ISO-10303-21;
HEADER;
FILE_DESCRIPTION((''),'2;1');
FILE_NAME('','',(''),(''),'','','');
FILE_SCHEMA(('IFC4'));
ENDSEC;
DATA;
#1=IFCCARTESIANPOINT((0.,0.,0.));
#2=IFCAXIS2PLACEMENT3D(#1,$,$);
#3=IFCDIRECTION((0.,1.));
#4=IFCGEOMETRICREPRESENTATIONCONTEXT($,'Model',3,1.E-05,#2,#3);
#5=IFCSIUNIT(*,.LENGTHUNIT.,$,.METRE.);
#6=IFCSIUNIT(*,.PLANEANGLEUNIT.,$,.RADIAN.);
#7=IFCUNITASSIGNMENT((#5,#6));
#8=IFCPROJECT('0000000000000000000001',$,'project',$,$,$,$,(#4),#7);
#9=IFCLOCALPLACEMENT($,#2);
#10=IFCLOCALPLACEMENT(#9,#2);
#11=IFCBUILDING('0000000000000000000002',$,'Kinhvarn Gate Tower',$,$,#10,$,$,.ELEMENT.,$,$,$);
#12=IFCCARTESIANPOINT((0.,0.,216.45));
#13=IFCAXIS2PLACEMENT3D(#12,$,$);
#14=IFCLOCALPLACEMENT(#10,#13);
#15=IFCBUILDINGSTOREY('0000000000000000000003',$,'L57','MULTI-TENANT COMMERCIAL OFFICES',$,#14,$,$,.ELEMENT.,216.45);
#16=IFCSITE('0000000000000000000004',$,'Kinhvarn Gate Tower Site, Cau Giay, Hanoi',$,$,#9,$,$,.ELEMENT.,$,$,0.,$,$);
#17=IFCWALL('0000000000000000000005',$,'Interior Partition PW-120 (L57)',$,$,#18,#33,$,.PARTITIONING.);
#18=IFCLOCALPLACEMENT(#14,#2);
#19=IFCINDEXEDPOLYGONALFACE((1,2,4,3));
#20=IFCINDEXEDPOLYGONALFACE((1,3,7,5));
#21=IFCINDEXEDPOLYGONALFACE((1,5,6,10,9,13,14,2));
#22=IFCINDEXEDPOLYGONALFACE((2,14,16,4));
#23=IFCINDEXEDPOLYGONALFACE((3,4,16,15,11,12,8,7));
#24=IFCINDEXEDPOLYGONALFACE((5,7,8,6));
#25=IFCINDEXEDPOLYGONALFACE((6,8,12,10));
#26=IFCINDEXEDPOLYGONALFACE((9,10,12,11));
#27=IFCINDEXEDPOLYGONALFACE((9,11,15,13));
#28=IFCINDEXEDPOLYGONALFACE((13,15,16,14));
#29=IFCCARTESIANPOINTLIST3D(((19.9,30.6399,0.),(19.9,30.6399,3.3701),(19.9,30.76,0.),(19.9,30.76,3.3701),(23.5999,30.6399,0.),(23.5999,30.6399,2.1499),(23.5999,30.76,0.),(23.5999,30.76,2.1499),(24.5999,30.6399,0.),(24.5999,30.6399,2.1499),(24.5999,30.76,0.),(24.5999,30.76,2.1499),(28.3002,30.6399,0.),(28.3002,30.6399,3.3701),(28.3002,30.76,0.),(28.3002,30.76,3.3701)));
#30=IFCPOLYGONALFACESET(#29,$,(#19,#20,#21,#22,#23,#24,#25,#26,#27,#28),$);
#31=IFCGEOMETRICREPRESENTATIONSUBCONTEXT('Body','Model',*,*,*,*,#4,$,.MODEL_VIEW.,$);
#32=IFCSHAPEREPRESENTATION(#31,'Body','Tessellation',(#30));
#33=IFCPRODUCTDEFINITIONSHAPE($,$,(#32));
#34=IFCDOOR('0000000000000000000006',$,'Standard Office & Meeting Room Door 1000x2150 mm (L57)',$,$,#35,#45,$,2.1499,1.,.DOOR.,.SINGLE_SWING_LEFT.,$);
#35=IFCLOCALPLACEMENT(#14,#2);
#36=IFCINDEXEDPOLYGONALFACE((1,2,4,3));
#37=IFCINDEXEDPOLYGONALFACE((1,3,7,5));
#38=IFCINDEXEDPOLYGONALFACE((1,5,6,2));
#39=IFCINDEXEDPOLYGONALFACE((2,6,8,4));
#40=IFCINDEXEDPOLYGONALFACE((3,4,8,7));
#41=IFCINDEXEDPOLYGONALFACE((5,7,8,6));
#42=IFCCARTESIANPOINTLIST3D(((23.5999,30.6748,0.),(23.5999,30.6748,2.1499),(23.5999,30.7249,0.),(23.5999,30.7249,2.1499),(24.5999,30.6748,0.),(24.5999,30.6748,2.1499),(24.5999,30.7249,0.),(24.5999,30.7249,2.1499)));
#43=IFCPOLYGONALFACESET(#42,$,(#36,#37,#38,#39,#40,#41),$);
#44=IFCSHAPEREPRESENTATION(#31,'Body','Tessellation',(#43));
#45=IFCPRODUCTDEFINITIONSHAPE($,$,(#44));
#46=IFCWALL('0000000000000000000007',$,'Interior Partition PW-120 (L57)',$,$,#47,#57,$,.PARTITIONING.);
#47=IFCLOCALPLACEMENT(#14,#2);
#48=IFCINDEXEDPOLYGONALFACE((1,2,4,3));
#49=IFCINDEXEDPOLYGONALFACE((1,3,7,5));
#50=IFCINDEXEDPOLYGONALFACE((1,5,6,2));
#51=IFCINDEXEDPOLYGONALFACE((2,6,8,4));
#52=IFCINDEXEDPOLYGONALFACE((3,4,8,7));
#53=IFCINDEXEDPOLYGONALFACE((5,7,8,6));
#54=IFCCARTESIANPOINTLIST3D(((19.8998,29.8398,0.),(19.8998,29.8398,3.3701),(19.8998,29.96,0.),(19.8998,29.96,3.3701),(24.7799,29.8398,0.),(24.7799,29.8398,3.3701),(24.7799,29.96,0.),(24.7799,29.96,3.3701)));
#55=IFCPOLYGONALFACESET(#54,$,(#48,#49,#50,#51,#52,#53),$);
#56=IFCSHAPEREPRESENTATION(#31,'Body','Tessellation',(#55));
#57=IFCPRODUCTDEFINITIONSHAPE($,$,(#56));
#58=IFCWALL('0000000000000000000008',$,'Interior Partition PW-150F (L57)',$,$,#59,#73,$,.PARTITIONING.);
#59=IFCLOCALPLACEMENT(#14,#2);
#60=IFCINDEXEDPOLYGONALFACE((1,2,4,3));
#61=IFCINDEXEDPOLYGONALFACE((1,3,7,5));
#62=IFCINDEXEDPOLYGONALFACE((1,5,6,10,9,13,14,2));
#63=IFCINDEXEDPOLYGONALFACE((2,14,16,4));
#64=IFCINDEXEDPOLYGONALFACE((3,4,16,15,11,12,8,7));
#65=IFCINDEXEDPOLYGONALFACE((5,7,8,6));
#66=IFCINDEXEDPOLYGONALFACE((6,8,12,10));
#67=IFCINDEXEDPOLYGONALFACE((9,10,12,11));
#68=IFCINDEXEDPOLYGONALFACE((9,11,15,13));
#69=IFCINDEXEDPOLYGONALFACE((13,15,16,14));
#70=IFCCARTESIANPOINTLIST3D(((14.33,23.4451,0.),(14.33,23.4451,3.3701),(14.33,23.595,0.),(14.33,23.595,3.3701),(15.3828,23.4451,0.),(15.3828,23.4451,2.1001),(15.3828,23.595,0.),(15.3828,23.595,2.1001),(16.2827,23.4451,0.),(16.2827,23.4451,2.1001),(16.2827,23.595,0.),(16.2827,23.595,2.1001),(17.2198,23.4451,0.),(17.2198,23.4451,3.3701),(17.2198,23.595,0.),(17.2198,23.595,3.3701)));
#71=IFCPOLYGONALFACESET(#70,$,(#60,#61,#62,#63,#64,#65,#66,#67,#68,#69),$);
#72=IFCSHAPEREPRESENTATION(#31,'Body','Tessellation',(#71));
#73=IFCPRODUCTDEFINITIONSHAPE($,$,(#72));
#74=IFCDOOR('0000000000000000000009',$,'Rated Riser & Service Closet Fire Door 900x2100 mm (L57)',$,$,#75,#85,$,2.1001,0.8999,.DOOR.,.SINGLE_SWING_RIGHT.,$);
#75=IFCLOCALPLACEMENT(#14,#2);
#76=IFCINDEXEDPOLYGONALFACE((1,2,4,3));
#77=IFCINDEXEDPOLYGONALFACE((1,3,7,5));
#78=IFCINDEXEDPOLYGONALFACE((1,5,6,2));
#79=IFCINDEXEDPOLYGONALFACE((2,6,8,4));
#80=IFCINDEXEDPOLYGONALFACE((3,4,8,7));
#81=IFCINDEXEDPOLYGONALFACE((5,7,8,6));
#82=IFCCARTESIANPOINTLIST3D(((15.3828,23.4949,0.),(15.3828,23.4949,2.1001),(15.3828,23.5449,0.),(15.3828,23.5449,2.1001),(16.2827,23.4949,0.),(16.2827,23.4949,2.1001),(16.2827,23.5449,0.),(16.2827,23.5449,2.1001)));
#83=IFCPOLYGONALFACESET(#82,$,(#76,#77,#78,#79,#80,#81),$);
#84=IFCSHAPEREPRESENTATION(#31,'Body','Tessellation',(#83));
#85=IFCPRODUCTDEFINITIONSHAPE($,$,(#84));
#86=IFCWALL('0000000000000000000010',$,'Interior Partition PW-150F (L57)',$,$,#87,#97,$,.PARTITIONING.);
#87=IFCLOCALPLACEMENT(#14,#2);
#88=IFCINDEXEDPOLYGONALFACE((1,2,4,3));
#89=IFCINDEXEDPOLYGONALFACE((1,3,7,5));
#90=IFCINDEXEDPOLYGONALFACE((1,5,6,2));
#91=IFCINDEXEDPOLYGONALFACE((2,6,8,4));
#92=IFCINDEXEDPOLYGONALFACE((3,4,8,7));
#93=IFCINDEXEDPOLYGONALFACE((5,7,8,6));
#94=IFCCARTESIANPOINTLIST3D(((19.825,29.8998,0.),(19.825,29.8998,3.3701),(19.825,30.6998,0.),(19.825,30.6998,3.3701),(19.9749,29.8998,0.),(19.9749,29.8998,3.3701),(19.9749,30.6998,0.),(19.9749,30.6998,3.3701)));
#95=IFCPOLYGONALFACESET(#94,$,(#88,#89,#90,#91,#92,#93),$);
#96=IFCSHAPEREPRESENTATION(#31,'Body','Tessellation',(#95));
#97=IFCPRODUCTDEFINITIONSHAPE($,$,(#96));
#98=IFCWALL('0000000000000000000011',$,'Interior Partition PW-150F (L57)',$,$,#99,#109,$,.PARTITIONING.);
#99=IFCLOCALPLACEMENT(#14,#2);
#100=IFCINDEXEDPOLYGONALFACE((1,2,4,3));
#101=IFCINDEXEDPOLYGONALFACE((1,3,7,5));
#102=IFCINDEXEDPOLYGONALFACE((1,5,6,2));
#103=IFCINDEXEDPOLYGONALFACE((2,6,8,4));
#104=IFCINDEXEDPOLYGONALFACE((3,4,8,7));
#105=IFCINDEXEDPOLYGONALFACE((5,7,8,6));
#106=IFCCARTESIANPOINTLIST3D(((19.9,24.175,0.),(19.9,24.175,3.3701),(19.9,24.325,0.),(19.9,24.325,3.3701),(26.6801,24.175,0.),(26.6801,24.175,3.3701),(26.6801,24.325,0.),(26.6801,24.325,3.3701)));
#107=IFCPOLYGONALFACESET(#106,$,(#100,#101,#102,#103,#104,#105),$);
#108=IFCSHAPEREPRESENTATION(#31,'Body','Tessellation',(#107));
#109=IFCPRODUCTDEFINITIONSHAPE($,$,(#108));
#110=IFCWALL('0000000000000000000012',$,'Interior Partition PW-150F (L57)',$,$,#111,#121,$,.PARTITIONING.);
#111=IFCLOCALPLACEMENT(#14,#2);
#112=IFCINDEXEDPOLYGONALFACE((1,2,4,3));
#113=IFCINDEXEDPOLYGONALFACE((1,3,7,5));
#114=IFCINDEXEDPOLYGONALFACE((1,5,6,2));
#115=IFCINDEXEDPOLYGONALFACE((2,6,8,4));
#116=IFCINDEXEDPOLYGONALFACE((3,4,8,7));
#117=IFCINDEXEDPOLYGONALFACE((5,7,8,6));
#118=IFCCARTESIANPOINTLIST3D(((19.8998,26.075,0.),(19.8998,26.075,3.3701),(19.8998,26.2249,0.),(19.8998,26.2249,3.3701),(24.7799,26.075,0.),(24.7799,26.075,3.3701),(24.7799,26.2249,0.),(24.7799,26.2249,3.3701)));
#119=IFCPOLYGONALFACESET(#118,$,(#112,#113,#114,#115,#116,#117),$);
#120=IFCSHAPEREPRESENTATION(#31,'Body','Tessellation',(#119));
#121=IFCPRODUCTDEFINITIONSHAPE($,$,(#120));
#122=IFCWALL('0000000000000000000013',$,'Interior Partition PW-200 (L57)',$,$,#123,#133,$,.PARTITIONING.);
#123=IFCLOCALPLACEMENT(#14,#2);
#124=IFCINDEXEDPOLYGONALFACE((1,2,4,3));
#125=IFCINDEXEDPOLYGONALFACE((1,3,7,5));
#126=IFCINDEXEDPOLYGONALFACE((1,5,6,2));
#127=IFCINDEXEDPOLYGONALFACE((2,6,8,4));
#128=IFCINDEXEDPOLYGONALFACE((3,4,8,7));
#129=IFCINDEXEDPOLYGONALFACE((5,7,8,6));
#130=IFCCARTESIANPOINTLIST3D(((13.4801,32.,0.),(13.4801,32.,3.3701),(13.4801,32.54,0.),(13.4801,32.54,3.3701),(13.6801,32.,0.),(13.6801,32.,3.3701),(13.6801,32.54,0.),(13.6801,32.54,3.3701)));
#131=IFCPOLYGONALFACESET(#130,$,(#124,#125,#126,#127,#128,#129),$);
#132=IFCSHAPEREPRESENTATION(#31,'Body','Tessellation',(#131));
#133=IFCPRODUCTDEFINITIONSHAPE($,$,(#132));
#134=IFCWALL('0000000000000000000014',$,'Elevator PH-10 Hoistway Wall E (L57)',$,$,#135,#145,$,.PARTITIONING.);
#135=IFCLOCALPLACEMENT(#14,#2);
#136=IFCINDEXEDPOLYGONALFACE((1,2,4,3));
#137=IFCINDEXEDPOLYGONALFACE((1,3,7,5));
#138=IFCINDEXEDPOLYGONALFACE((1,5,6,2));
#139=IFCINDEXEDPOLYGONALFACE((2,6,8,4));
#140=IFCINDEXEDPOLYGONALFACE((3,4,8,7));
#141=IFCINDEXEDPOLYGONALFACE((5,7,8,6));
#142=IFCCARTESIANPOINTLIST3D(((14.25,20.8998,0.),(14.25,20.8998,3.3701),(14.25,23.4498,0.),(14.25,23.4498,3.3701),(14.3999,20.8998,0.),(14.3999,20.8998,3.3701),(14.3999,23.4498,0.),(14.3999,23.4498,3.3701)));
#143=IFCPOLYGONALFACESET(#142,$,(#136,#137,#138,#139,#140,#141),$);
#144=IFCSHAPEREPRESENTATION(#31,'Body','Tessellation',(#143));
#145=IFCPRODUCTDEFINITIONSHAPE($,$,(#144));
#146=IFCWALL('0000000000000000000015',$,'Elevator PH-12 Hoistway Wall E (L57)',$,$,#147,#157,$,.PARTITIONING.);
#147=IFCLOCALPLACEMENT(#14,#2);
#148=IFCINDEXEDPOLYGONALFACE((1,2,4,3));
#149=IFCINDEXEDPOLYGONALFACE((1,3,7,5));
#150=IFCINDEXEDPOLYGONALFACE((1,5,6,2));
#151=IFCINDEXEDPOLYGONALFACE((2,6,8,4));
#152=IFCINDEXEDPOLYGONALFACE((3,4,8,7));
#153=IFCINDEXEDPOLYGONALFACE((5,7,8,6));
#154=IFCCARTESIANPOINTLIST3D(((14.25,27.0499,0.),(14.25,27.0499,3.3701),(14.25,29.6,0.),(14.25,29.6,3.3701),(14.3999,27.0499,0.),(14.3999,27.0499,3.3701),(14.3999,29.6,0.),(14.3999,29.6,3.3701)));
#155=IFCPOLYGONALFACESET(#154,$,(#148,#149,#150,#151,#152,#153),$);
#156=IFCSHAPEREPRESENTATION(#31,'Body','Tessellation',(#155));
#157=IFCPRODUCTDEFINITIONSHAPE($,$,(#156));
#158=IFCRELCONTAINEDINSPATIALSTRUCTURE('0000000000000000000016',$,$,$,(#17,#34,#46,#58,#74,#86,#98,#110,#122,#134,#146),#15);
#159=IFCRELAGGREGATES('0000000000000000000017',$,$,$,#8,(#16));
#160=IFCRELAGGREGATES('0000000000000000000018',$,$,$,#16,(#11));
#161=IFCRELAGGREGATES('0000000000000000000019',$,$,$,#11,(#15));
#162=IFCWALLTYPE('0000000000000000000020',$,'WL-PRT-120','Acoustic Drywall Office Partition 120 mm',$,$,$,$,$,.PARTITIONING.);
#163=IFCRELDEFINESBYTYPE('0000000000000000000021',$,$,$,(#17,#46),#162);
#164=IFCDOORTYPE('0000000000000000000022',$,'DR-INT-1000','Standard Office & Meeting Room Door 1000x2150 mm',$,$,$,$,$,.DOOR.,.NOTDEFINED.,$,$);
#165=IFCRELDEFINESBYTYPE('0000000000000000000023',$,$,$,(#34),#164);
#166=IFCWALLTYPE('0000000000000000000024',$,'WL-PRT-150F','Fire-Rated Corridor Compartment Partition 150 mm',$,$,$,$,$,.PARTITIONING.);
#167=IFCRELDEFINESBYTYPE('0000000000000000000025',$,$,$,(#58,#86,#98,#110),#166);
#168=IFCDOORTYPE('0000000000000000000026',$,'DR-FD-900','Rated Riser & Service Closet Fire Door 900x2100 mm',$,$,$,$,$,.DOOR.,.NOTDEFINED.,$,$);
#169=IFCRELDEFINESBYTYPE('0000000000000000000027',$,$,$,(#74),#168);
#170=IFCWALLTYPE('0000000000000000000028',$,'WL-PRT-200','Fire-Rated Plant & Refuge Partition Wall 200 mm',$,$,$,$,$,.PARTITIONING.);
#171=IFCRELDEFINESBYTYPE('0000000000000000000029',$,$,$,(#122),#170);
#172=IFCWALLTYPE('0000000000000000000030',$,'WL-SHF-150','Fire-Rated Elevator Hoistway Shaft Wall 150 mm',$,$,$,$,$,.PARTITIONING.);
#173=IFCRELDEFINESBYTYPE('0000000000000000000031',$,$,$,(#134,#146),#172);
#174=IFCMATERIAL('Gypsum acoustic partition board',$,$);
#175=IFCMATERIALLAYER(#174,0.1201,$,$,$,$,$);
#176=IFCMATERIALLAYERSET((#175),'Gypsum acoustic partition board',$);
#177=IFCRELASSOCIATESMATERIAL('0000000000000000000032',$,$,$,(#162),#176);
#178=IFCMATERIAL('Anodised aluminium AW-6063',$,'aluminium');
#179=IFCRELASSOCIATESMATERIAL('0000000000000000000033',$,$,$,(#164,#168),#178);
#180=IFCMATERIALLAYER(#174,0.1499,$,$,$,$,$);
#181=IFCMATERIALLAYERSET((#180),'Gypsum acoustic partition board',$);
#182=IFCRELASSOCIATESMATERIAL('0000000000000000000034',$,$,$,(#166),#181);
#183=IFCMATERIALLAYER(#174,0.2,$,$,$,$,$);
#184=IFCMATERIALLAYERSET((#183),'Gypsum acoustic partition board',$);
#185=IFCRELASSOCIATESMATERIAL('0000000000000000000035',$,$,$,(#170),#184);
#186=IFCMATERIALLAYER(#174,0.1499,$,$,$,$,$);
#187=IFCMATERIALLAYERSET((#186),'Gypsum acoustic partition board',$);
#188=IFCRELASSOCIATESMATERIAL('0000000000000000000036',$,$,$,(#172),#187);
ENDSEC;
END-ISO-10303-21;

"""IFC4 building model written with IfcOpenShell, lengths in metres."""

from ifc_helpers import new_model, si_unit, direction, frame, frame_2d, origin, place, context, subcontext, project, spatial, rectangle, extrude, material, layer, layer_set, type_object, element, fill, save


model = new_model("IFC4")

# Units and contexts
model_context = context("Model", 3, precision=1e-05, world=origin(), true_north=direction((0.0, 1.0)))
body_context = subcontext(model_context, "Body", "Model", "MODEL_VIEW")
ifc_project = project(units=[si_unit("LENGTHUNIT", "METRE"), si_unit("PLANEANGLEUNIT", "RADIAN")], contexts=[model_context])

# Site, building, storey
site_placement = place(None, origin())
site = spatial("IfcSite", under=ifc_project, at=site_placement, Name="Kinhvarn Gate Tower Site, Cau Giay, Hanoi", CompositionType="ELEMENT", RefElevation=0.0)
building_placement = place(site_placement, origin())
building = spatial("IfcBuilding", under=site, at=building_placement, Name="Kinhvarn Gate Tower", CompositionType="ELEMENT")
storey_placement = place(building_placement, frame((0.0, 0.0, 216.45)))
storey = spatial("IfcBuildingStorey", under=building, at=storey_placement, Name="L57", Description="MULTI-TENANT COMMERCIAL OFFICES", CompositionType="ELEMENT", Elevation=216.45)

# Wall, opening, door
ifc_material_1 = material(Name="Anodised aluminium AW-6063", Category="aluminium")
ifc_material_2 = material(Name="Gypsum acoustic partition board")
ifc_layer_1 = layer(ifc_material_2, 0.1201)
ifc_layer_set_1 = layer_set([ifc_layer_1], Name="Gypsum acoustic partition board")
wall_type_1 = type_object("IfcWallType", Name="WL-PRT-120", Description="Acoustic Drywall Office Partition 120 mm", PredefinedType="PARTITIONING", material=ifc_layer_set_1)
wall_1_placement = place(storey_placement, frame((19.8999, 30.7, 0.0), z_axis=(0.0, 0.0, 1.0), x_axis=(1.0, 0.0, 0.0)))
wall_1 = element("IfcWall", 1, at=wall_1_placement, inside=storey, type_object=wall_type_1, Name="Interior Partition PW-120 (L57)", PredefinedType="PARTITIONING", context=body_context, shape_type="SweptSolid", body=[
    extrude(rectangle(XDim=8.4001, YDim=0.1201, at=frame_2d((4.2002, 0.0))), origin(), (0.0, 0.0, 1.0), 3.3701),
])
opening_1_placement = place(wall_1_placement, frame((3.7, 0.0, 0.0)))
opening_1 = element("IfcOpeningElement", 2, at=opening_1_placement, cuts=wall_1, PredefinedType="OPENING", context=body_context, shape_type="SweptSolid", body=[
    extrude(rectangle(XDim=1.0, YDim=2.1499, at=frame_2d((0.5, 1.075))), frame((0.0, 0.0701, 0.0), z_axis=(0.0, -1.0, 0.0), x_axis=(1.0, 0.0, 0.0)), (0.0, 0.0, 1.0), 0.1401),
])
door_type_1 = type_object("IfcDoorType", Name="DR-INT-1000", Description="Standard Office & Meeting Room Door 1000x2150 mm", OperationType="NOTDEFINED", PredefinedType="DOOR", material=ifc_material_1)
door_1_placement = place(opening_1_placement, origin())
door_1 = element("IfcDoor", 3, at=door_1_placement, inside=storey, type_object=door_type_1, Name="Standard Office & Meeting Room Door 1000x2150 mm (L57)", OperationType="SINGLE_SWING_LEFT", OverallHeight=2.1499, OverallWidth=1.0, PredefinedType="DOOR", context=body_context, shape_type="SweptSolid", body=[
    extrude(rectangle(XDim=1.0, YDim=2.1499, at=frame_2d((0.5, 1.075))), frame((0.0, 0.0249, 0.0), z_axis=(0.0, -1.0, 0.0), x_axis=(1.0, 0.0, 0.0)), (0.0, 0.0, 1.0), 0.05),
])
fill(opening_1, door_1)

# Wall
wall_2_placement = place(storey_placement, frame((19.8999, 29.8999, 0.0), z_axis=(0.0, 0.0, 1.0), x_axis=(1.0, 0.0, 0.0)))
element("IfcWall", 4, at=wall_2_placement, inside=storey, type_object=wall_type_1, Name="Interior Partition PW-120 (L57)", PredefinedType="PARTITIONING", context=body_context, shape_type="SweptSolid", body=[
    extrude(rectangle(XDim=4.8801, YDim=0.1201, at=frame_2d((2.4399, 0.0))), origin(), (0.0, 0.0, 1.0), 3.3701),
])

# Wall, opening, door
ifc_layer_2 = layer(ifc_material_2, 0.1499)
ifc_layer_set_2 = layer_set([ifc_layer_2], Name="Gypsum acoustic partition board")
wall_type_2 = type_object("IfcWallType", Name="WL-PRT-150F", Description="Fire-Rated Corridor Compartment Partition 150 mm", PredefinedType="PARTITIONING", material=ifc_layer_set_2)
wall_3_placement = place(storey_placement, frame((14.3301, 23.52, 0.0), z_axis=(0.0, 0.0, 1.0), x_axis=(1.0, 0.0, 0.0)))
wall_3 = element("IfcWall", 5, at=wall_3_placement, inside=storey, type_object=wall_type_2, Name="Interior Partition PW-150F (L57)", PredefinedType="PARTITIONING", context=body_context, shape_type="SweptSolid", body=[
    extrude(rectangle(XDim=2.8899, YDim=0.1499, at=frame_2d((1.4448, 0.0))), origin(), (0.0, 0.0, 1.0), 3.3701),
])
opening_2_placement = place(wall_3_placement, frame((1.0527, 0.0, 0.0)))
opening_2 = element("IfcOpeningElement", 6, at=opening_2_placement, cuts=wall_3, PredefinedType="OPENING", context=body_context, shape_type="SweptSolid", body=[
    extrude(rectangle(XDim=0.8999, YDim=2.1001, at=frame_2d((0.45, 1.05))), frame((0.0, 0.085, 0.0), z_axis=(0.0, -1.0, 0.0), x_axis=(1.0, 0.0, 0.0)), (0.0, 0.0, 1.0), 0.1699),
])
door_type_2 = type_object("IfcDoorType", Name="DR-FD-900", Description="Rated Riser & Service Closet Fire Door 900x2100 mm", OperationType="NOTDEFINED", PredefinedType="DOOR", material=ifc_material_1)
door_2_placement = place(opening_2_placement, origin())
door_2 = element("IfcDoor", 7, at=door_2_placement, inside=storey, type_object=door_type_2, Name="Rated Riser & Service Closet Fire Door 900x2100 mm (L57)", OperationType="SINGLE_SWING_RIGHT", OverallHeight=2.1001, OverallWidth=0.8999, PredefinedType="DOOR", context=body_context, shape_type="SweptSolid", body=[
    extrude(rectangle(XDim=0.8999, YDim=2.1001, at=frame_2d((0.45, 1.05))), frame((0.0, 0.0249, 0.0), z_axis=(0.0, -1.0, 0.0), x_axis=(1.0, 0.0, 0.0)), (0.0, 0.0, 1.0), 0.05),
])
fill(opening_2, door_2)

# Wall
wall_4_placement = place(storey_placement, frame((19.8999, 29.8999, 0.0), z_axis=(0.0, 0.0, 1.0), x_axis=(0.0, 1.0, 0.0)))
element("IfcWall", 8, at=wall_4_placement, inside=storey, type_object=wall_type_2, Name="Interior Partition PW-150F (L57)", PredefinedType="PARTITIONING", context=body_context, shape_type="SweptSolid", body=[
    extrude(rectangle(XDim=0.8, YDim=0.1499, at=frame_2d((0.3999, 0.0))), origin(), (0.0, 0.0, 1.0), 3.3701),
])

# Walls
wall_5_placement = place(storey_placement, frame((19.8999, 24.25, 0.0), z_axis=(0.0, 0.0, 1.0), x_axis=(1.0, 0.0, 0.0)))
element("IfcWall", 9, at=wall_5_placement, inside=storey, type_object=wall_type_2, Name="Interior Partition PW-150F (L57)", PredefinedType="PARTITIONING", context=body_context, shape_type="SweptSolid", body=[
    extrude(rectangle(XDim=6.78, YDim=0.1499, at=frame_2d((3.3901, 0.0))), origin(), (0.0, 0.0, 1.0), 3.3701),
])
wall_6_placement = place(storey_placement, frame((19.8999, 26.1499, 0.0), z_axis=(0.0, 0.0, 1.0), x_axis=(1.0, 0.0, 0.0)))
element("IfcWall", 10, at=wall_6_placement, inside=storey, type_object=wall_type_2, Name="Interior Partition PW-150F (L57)", PredefinedType="PARTITIONING", context=body_context, shape_type="SweptSolid", body=[
    extrude(rectangle(XDim=4.8801, YDim=0.1499, at=frame_2d((2.4399, 0.0))), origin(), (0.0, 0.0, 1.0), 3.3701),
])
ifc_layer_3 = layer(ifc_material_2, 0.2)
ifc_layer_set_3 = layer_set([ifc_layer_3], Name="Gypsum acoustic partition board")
wall_type_3 = type_object("IfcWallType", Name="WL-PRT-200", Description="Fire-Rated Plant & Refuge Partition Wall 200 mm", PredefinedType="PARTITIONING", material=ifc_layer_set_3)
wall_7_placement = place(storey_placement, frame((13.5801, 32.0, 0.0), z_axis=(0.0, 0.0, 1.0), x_axis=(0.0, 1.0, 0.0)))
element("IfcWall", 11, at=wall_7_placement, inside=storey, type_object=wall_type_3, Name="Interior Partition PW-200 (L57)", PredefinedType="PARTITIONING", context=body_context, shape_type="SweptSolid", body=[
    extrude(rectangle(XDim=0.54, YDim=0.2, at=frame_2d((0.27, 0.0))), origin(), (0.0, 0.0, 1.0), 3.3701),
])
ifc_layer_4 = layer(ifc_material_2, 0.1499)
ifc_layer_set_4 = layer_set([ifc_layer_4], Name="Gypsum acoustic partition board")
wall_type_4 = type_object("IfcWallType", Name="WL-SHF-150", Description="Fire-Rated Elevator Hoistway Shaft Wall 150 mm", PredefinedType="PARTITIONING", material=ifc_layer_set_4)
for number, where, z_axis, x_axis, name in (
    (12, (14.325, 20.8999, 0.0), (0.0, 0.0, 1.0), (0.0, 1.0, 0.0), "Elevator PH-10 Hoistway Wall E (L57)"),
    (13, (14.325, 27.05, 0.0), (0.0, 0.0, 1.0), (0.0, 1.0, 0.0), "Elevator PH-12 Hoistway Wall E (L57)"),
):
    element("IfcWall", number, at=place(storey_placement, frame(where, z_axis=z_axis, x_axis=x_axis)), inside=storey, type_object=wall_type_4, Name=name, PredefinedType="PARTITIONING", context=body_context, shape_type="SweptSolid", body=[
        extrude(rectangle(XDim=2.55, YDim=0.1499, at=frame_2d((1.2749, 0.0))), origin(), (0.0, 0.0, 1.0), 3.3701),
    ])

save(model, "model.ifc")
